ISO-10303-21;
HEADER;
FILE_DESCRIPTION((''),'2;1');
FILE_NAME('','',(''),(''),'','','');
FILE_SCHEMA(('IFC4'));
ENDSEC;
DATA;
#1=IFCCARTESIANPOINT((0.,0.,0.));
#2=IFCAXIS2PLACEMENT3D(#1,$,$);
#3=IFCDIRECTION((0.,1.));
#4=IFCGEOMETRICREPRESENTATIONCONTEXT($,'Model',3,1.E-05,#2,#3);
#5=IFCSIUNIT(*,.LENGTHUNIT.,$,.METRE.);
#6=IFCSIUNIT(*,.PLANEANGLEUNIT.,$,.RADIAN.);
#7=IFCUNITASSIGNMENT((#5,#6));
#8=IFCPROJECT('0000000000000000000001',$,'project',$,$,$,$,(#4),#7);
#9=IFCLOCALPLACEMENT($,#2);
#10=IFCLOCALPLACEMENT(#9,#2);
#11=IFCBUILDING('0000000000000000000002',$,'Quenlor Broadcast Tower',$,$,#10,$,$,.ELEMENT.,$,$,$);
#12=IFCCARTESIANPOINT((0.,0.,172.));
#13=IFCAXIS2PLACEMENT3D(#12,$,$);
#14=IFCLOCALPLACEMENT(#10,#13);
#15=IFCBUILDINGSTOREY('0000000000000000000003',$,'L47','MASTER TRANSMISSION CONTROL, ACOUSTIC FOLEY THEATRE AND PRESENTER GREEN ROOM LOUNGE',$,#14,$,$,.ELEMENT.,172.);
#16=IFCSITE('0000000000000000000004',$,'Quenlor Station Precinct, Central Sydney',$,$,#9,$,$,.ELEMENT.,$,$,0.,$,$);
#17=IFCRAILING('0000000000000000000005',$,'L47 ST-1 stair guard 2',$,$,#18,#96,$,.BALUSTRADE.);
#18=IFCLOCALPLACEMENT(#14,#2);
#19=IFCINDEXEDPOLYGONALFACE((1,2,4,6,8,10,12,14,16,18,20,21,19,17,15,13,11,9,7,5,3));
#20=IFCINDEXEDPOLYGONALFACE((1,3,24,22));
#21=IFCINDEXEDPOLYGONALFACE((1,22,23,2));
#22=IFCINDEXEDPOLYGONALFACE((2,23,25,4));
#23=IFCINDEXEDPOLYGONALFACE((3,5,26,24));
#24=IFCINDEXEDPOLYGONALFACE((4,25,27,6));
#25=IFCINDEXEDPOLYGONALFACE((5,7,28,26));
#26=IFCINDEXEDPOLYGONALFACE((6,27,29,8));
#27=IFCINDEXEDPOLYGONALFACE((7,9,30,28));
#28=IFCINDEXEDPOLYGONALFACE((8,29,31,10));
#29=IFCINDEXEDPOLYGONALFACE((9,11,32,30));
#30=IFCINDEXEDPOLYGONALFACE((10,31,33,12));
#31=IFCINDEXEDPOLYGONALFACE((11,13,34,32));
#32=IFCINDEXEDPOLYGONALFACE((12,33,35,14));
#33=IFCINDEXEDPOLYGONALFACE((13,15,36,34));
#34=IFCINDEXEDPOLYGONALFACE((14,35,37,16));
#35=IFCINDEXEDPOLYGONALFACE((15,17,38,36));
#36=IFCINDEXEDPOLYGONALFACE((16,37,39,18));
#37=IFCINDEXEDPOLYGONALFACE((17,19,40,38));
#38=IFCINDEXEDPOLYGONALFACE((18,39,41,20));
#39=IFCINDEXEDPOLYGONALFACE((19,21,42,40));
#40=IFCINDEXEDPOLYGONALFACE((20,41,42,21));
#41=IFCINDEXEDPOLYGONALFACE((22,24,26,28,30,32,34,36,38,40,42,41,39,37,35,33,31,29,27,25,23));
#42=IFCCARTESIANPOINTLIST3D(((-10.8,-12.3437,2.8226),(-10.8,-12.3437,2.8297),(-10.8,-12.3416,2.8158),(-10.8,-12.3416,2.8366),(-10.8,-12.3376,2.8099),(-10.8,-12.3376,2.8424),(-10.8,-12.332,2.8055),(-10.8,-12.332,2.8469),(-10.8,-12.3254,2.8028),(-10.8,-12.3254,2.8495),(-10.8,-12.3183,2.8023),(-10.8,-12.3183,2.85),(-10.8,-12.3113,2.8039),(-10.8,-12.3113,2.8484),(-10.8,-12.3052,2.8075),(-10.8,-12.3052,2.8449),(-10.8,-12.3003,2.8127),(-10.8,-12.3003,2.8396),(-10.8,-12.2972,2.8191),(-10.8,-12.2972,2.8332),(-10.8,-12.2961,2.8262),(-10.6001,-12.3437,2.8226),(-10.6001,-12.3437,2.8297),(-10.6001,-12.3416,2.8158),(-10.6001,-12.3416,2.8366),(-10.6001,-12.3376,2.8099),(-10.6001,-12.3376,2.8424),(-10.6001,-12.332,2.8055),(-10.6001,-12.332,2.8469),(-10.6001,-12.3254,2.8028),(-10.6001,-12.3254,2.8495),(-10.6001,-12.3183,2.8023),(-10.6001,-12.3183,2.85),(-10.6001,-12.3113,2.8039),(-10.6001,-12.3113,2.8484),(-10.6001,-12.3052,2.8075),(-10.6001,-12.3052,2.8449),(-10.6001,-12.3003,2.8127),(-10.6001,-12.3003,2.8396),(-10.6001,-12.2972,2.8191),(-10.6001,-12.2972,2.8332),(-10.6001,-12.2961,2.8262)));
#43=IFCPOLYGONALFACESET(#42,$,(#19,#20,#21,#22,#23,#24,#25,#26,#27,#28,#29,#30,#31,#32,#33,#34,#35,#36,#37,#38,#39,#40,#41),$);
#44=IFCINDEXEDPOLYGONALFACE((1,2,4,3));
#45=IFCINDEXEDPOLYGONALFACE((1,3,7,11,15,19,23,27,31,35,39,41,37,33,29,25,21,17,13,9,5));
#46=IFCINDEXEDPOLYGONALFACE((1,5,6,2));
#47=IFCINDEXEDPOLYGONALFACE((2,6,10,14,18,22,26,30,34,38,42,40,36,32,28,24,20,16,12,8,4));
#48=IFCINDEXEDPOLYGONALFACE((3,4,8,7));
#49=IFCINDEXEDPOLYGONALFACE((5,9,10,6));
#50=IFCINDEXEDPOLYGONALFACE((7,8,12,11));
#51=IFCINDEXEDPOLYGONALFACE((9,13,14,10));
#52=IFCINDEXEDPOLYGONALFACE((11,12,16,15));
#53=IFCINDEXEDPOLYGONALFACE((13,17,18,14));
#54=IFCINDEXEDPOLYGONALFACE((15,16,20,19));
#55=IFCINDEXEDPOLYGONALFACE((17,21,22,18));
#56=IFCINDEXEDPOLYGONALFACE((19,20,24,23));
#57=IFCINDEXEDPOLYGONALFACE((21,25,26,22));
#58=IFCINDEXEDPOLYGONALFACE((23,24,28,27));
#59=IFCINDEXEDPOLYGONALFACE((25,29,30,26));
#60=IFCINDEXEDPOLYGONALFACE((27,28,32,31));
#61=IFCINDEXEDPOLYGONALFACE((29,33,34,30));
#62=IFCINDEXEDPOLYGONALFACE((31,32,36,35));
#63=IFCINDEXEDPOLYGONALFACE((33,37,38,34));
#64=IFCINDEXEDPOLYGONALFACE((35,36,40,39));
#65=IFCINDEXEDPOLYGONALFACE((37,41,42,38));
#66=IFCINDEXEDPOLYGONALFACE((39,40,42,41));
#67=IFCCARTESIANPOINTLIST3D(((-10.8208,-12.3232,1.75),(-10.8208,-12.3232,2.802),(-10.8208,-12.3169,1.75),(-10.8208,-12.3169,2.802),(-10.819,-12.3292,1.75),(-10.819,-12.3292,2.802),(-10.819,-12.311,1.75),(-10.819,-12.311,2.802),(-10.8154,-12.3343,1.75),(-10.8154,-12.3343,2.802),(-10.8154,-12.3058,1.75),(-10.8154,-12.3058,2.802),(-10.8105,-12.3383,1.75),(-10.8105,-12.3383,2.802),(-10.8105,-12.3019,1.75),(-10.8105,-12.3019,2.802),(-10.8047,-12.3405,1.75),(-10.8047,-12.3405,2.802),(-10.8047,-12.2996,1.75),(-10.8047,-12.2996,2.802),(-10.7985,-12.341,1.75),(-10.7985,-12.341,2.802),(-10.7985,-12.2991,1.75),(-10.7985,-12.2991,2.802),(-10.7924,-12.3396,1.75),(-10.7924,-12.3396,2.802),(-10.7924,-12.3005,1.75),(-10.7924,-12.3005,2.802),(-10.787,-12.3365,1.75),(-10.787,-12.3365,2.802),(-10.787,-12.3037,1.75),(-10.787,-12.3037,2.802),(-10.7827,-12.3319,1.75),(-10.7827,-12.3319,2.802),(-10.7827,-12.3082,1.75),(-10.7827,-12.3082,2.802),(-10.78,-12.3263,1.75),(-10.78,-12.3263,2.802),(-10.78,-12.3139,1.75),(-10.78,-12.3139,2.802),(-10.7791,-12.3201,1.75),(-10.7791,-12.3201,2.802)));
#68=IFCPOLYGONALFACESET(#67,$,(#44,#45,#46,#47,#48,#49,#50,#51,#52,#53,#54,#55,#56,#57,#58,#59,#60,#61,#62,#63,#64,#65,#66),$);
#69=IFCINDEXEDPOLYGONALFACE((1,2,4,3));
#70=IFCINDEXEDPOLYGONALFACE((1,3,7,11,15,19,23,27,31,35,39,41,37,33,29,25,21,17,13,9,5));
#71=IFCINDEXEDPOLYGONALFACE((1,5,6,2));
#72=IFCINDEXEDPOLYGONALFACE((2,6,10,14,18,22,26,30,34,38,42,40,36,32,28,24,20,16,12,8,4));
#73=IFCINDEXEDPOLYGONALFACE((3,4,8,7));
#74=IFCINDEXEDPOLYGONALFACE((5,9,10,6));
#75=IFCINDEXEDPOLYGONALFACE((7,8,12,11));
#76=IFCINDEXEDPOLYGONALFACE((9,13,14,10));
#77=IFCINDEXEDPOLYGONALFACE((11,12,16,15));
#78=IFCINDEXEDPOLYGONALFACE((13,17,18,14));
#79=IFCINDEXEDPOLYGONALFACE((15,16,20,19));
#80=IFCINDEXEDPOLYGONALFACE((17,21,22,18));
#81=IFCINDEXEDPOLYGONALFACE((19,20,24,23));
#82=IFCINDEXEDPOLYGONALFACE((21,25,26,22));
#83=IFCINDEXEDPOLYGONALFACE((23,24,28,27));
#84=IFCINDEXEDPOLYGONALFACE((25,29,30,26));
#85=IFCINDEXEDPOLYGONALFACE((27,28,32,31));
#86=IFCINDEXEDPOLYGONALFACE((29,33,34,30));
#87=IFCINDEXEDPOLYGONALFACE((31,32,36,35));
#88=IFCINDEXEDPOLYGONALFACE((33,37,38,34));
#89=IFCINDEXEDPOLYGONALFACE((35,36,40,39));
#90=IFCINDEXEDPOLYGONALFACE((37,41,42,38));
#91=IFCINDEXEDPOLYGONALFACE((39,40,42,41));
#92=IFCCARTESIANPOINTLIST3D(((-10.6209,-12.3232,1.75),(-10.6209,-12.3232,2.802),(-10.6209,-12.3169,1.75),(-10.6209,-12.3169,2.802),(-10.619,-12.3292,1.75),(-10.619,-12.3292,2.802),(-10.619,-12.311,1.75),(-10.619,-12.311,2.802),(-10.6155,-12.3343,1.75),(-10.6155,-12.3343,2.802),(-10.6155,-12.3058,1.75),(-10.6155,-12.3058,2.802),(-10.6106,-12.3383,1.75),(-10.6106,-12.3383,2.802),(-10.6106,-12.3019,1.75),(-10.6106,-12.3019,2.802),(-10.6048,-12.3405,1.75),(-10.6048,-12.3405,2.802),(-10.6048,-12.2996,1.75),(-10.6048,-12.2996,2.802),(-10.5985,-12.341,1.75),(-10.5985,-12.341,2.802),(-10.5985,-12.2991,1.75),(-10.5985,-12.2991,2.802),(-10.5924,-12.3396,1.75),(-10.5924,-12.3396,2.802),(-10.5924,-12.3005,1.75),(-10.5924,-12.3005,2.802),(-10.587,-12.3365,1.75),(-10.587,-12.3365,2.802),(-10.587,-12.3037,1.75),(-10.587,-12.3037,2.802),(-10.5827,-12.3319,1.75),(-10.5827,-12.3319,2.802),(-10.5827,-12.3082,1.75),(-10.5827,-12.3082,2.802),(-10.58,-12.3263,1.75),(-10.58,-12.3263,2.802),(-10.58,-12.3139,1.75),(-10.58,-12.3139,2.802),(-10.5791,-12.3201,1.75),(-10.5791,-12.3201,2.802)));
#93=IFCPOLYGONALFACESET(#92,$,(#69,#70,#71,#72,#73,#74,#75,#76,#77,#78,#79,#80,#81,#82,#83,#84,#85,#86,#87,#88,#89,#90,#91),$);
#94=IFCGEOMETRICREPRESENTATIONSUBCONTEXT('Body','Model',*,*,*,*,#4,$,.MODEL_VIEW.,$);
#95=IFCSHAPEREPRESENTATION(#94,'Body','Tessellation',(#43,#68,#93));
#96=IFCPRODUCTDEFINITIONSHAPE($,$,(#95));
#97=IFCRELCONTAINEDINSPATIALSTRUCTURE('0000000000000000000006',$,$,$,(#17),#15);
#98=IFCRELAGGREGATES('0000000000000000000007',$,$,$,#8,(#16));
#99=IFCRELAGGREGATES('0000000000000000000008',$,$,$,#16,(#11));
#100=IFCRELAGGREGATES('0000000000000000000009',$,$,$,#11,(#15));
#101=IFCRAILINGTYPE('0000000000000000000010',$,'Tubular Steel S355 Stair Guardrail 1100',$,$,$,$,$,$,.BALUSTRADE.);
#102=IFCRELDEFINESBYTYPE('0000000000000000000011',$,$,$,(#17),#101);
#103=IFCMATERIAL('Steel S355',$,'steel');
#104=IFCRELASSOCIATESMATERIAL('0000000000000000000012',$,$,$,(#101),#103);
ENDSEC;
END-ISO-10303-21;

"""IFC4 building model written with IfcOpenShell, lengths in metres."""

from ifc_helpers import new_model, si_unit, direction, frame, origin, origin_2d, place, context, subcontext, project, spatial, circle, extrude, material, type_object, element, save


model = new_model("IFC4")

# Units and contexts
model_context = context("Model", 3, precision=1e-05, world=origin(), true_north=direction((0.0, 1.0)))
body_context = subcontext(model_context, "Body", "Model", "MODEL_VIEW")
ifc_project = project(units=[si_unit("LENGTHUNIT", "METRE"), si_unit("PLANEANGLEUNIT", "RADIAN")], contexts=[model_context])

# Site, building, storey
site_placement = place(None, origin())
site = spatial("IfcSite", under=ifc_project, at=site_placement, Name="Quenlor Station Precinct, Central Sydney", CompositionType="ELEMENT", RefElevation=0.0)
building_placement = place(site_placement, origin())
building = spatial("IfcBuilding", under=site, at=building_placement, Name="Quenlor Broadcast Tower", CompositionType="ELEMENT")
storey_placement = place(building_placement, frame((0.0, 0.0, 172.0)))
storey = spatial("IfcBuildingStorey", under=building, at=storey_placement, Name="L47", Description="MASTER TRANSMISSION CONTROL, ACOUSTIC FOLEY THEATRE AND PRESENTER GREEN ROOM LOUNGE", CompositionType="ELEMENT", Elevation=172.0)

# Railing
ifc_material_1 = material(Name="Steel S355", Category="steel")
railing_type_1 = type_object("IfcRailingType", Name="Tubular Steel S355 Stair Guardrail 1100", PredefinedType="BALUSTRADE", material=ifc_material_1)
railing_1_placement = place(storey_placement, frame((-10.8, -12.3201, 1.75)))
element("IfcRailing", 1, at=railing_1_placement, inside=storey, type_object=railing_type_1, Name="L47 ST-1 stair guard 2", PredefinedType="BALUSTRADE", context=body_context, shape_type="SweptSolid", body=[
    extrude(circle(Radius=0.0239, at=origin_2d()), frame((0.0, 0.0, 1.0762), z_axis=(1.0, 0.0, 0.0), x_axis=(0.0, 1.0, 0.0)), (0.0, 0.0, 1.0), 0.2),
    extrude(circle(Radius=0.021, at=origin_2d()), origin(), (0.0, 0.0, 1.0), 1.052),
    extrude(circle(Radius=0.021, at=origin_2d()), frame((0.2, 0.0, 0.0)), (0.0, 0.0, 1.0), 1.052),
])

save(model, "model.ifc")
